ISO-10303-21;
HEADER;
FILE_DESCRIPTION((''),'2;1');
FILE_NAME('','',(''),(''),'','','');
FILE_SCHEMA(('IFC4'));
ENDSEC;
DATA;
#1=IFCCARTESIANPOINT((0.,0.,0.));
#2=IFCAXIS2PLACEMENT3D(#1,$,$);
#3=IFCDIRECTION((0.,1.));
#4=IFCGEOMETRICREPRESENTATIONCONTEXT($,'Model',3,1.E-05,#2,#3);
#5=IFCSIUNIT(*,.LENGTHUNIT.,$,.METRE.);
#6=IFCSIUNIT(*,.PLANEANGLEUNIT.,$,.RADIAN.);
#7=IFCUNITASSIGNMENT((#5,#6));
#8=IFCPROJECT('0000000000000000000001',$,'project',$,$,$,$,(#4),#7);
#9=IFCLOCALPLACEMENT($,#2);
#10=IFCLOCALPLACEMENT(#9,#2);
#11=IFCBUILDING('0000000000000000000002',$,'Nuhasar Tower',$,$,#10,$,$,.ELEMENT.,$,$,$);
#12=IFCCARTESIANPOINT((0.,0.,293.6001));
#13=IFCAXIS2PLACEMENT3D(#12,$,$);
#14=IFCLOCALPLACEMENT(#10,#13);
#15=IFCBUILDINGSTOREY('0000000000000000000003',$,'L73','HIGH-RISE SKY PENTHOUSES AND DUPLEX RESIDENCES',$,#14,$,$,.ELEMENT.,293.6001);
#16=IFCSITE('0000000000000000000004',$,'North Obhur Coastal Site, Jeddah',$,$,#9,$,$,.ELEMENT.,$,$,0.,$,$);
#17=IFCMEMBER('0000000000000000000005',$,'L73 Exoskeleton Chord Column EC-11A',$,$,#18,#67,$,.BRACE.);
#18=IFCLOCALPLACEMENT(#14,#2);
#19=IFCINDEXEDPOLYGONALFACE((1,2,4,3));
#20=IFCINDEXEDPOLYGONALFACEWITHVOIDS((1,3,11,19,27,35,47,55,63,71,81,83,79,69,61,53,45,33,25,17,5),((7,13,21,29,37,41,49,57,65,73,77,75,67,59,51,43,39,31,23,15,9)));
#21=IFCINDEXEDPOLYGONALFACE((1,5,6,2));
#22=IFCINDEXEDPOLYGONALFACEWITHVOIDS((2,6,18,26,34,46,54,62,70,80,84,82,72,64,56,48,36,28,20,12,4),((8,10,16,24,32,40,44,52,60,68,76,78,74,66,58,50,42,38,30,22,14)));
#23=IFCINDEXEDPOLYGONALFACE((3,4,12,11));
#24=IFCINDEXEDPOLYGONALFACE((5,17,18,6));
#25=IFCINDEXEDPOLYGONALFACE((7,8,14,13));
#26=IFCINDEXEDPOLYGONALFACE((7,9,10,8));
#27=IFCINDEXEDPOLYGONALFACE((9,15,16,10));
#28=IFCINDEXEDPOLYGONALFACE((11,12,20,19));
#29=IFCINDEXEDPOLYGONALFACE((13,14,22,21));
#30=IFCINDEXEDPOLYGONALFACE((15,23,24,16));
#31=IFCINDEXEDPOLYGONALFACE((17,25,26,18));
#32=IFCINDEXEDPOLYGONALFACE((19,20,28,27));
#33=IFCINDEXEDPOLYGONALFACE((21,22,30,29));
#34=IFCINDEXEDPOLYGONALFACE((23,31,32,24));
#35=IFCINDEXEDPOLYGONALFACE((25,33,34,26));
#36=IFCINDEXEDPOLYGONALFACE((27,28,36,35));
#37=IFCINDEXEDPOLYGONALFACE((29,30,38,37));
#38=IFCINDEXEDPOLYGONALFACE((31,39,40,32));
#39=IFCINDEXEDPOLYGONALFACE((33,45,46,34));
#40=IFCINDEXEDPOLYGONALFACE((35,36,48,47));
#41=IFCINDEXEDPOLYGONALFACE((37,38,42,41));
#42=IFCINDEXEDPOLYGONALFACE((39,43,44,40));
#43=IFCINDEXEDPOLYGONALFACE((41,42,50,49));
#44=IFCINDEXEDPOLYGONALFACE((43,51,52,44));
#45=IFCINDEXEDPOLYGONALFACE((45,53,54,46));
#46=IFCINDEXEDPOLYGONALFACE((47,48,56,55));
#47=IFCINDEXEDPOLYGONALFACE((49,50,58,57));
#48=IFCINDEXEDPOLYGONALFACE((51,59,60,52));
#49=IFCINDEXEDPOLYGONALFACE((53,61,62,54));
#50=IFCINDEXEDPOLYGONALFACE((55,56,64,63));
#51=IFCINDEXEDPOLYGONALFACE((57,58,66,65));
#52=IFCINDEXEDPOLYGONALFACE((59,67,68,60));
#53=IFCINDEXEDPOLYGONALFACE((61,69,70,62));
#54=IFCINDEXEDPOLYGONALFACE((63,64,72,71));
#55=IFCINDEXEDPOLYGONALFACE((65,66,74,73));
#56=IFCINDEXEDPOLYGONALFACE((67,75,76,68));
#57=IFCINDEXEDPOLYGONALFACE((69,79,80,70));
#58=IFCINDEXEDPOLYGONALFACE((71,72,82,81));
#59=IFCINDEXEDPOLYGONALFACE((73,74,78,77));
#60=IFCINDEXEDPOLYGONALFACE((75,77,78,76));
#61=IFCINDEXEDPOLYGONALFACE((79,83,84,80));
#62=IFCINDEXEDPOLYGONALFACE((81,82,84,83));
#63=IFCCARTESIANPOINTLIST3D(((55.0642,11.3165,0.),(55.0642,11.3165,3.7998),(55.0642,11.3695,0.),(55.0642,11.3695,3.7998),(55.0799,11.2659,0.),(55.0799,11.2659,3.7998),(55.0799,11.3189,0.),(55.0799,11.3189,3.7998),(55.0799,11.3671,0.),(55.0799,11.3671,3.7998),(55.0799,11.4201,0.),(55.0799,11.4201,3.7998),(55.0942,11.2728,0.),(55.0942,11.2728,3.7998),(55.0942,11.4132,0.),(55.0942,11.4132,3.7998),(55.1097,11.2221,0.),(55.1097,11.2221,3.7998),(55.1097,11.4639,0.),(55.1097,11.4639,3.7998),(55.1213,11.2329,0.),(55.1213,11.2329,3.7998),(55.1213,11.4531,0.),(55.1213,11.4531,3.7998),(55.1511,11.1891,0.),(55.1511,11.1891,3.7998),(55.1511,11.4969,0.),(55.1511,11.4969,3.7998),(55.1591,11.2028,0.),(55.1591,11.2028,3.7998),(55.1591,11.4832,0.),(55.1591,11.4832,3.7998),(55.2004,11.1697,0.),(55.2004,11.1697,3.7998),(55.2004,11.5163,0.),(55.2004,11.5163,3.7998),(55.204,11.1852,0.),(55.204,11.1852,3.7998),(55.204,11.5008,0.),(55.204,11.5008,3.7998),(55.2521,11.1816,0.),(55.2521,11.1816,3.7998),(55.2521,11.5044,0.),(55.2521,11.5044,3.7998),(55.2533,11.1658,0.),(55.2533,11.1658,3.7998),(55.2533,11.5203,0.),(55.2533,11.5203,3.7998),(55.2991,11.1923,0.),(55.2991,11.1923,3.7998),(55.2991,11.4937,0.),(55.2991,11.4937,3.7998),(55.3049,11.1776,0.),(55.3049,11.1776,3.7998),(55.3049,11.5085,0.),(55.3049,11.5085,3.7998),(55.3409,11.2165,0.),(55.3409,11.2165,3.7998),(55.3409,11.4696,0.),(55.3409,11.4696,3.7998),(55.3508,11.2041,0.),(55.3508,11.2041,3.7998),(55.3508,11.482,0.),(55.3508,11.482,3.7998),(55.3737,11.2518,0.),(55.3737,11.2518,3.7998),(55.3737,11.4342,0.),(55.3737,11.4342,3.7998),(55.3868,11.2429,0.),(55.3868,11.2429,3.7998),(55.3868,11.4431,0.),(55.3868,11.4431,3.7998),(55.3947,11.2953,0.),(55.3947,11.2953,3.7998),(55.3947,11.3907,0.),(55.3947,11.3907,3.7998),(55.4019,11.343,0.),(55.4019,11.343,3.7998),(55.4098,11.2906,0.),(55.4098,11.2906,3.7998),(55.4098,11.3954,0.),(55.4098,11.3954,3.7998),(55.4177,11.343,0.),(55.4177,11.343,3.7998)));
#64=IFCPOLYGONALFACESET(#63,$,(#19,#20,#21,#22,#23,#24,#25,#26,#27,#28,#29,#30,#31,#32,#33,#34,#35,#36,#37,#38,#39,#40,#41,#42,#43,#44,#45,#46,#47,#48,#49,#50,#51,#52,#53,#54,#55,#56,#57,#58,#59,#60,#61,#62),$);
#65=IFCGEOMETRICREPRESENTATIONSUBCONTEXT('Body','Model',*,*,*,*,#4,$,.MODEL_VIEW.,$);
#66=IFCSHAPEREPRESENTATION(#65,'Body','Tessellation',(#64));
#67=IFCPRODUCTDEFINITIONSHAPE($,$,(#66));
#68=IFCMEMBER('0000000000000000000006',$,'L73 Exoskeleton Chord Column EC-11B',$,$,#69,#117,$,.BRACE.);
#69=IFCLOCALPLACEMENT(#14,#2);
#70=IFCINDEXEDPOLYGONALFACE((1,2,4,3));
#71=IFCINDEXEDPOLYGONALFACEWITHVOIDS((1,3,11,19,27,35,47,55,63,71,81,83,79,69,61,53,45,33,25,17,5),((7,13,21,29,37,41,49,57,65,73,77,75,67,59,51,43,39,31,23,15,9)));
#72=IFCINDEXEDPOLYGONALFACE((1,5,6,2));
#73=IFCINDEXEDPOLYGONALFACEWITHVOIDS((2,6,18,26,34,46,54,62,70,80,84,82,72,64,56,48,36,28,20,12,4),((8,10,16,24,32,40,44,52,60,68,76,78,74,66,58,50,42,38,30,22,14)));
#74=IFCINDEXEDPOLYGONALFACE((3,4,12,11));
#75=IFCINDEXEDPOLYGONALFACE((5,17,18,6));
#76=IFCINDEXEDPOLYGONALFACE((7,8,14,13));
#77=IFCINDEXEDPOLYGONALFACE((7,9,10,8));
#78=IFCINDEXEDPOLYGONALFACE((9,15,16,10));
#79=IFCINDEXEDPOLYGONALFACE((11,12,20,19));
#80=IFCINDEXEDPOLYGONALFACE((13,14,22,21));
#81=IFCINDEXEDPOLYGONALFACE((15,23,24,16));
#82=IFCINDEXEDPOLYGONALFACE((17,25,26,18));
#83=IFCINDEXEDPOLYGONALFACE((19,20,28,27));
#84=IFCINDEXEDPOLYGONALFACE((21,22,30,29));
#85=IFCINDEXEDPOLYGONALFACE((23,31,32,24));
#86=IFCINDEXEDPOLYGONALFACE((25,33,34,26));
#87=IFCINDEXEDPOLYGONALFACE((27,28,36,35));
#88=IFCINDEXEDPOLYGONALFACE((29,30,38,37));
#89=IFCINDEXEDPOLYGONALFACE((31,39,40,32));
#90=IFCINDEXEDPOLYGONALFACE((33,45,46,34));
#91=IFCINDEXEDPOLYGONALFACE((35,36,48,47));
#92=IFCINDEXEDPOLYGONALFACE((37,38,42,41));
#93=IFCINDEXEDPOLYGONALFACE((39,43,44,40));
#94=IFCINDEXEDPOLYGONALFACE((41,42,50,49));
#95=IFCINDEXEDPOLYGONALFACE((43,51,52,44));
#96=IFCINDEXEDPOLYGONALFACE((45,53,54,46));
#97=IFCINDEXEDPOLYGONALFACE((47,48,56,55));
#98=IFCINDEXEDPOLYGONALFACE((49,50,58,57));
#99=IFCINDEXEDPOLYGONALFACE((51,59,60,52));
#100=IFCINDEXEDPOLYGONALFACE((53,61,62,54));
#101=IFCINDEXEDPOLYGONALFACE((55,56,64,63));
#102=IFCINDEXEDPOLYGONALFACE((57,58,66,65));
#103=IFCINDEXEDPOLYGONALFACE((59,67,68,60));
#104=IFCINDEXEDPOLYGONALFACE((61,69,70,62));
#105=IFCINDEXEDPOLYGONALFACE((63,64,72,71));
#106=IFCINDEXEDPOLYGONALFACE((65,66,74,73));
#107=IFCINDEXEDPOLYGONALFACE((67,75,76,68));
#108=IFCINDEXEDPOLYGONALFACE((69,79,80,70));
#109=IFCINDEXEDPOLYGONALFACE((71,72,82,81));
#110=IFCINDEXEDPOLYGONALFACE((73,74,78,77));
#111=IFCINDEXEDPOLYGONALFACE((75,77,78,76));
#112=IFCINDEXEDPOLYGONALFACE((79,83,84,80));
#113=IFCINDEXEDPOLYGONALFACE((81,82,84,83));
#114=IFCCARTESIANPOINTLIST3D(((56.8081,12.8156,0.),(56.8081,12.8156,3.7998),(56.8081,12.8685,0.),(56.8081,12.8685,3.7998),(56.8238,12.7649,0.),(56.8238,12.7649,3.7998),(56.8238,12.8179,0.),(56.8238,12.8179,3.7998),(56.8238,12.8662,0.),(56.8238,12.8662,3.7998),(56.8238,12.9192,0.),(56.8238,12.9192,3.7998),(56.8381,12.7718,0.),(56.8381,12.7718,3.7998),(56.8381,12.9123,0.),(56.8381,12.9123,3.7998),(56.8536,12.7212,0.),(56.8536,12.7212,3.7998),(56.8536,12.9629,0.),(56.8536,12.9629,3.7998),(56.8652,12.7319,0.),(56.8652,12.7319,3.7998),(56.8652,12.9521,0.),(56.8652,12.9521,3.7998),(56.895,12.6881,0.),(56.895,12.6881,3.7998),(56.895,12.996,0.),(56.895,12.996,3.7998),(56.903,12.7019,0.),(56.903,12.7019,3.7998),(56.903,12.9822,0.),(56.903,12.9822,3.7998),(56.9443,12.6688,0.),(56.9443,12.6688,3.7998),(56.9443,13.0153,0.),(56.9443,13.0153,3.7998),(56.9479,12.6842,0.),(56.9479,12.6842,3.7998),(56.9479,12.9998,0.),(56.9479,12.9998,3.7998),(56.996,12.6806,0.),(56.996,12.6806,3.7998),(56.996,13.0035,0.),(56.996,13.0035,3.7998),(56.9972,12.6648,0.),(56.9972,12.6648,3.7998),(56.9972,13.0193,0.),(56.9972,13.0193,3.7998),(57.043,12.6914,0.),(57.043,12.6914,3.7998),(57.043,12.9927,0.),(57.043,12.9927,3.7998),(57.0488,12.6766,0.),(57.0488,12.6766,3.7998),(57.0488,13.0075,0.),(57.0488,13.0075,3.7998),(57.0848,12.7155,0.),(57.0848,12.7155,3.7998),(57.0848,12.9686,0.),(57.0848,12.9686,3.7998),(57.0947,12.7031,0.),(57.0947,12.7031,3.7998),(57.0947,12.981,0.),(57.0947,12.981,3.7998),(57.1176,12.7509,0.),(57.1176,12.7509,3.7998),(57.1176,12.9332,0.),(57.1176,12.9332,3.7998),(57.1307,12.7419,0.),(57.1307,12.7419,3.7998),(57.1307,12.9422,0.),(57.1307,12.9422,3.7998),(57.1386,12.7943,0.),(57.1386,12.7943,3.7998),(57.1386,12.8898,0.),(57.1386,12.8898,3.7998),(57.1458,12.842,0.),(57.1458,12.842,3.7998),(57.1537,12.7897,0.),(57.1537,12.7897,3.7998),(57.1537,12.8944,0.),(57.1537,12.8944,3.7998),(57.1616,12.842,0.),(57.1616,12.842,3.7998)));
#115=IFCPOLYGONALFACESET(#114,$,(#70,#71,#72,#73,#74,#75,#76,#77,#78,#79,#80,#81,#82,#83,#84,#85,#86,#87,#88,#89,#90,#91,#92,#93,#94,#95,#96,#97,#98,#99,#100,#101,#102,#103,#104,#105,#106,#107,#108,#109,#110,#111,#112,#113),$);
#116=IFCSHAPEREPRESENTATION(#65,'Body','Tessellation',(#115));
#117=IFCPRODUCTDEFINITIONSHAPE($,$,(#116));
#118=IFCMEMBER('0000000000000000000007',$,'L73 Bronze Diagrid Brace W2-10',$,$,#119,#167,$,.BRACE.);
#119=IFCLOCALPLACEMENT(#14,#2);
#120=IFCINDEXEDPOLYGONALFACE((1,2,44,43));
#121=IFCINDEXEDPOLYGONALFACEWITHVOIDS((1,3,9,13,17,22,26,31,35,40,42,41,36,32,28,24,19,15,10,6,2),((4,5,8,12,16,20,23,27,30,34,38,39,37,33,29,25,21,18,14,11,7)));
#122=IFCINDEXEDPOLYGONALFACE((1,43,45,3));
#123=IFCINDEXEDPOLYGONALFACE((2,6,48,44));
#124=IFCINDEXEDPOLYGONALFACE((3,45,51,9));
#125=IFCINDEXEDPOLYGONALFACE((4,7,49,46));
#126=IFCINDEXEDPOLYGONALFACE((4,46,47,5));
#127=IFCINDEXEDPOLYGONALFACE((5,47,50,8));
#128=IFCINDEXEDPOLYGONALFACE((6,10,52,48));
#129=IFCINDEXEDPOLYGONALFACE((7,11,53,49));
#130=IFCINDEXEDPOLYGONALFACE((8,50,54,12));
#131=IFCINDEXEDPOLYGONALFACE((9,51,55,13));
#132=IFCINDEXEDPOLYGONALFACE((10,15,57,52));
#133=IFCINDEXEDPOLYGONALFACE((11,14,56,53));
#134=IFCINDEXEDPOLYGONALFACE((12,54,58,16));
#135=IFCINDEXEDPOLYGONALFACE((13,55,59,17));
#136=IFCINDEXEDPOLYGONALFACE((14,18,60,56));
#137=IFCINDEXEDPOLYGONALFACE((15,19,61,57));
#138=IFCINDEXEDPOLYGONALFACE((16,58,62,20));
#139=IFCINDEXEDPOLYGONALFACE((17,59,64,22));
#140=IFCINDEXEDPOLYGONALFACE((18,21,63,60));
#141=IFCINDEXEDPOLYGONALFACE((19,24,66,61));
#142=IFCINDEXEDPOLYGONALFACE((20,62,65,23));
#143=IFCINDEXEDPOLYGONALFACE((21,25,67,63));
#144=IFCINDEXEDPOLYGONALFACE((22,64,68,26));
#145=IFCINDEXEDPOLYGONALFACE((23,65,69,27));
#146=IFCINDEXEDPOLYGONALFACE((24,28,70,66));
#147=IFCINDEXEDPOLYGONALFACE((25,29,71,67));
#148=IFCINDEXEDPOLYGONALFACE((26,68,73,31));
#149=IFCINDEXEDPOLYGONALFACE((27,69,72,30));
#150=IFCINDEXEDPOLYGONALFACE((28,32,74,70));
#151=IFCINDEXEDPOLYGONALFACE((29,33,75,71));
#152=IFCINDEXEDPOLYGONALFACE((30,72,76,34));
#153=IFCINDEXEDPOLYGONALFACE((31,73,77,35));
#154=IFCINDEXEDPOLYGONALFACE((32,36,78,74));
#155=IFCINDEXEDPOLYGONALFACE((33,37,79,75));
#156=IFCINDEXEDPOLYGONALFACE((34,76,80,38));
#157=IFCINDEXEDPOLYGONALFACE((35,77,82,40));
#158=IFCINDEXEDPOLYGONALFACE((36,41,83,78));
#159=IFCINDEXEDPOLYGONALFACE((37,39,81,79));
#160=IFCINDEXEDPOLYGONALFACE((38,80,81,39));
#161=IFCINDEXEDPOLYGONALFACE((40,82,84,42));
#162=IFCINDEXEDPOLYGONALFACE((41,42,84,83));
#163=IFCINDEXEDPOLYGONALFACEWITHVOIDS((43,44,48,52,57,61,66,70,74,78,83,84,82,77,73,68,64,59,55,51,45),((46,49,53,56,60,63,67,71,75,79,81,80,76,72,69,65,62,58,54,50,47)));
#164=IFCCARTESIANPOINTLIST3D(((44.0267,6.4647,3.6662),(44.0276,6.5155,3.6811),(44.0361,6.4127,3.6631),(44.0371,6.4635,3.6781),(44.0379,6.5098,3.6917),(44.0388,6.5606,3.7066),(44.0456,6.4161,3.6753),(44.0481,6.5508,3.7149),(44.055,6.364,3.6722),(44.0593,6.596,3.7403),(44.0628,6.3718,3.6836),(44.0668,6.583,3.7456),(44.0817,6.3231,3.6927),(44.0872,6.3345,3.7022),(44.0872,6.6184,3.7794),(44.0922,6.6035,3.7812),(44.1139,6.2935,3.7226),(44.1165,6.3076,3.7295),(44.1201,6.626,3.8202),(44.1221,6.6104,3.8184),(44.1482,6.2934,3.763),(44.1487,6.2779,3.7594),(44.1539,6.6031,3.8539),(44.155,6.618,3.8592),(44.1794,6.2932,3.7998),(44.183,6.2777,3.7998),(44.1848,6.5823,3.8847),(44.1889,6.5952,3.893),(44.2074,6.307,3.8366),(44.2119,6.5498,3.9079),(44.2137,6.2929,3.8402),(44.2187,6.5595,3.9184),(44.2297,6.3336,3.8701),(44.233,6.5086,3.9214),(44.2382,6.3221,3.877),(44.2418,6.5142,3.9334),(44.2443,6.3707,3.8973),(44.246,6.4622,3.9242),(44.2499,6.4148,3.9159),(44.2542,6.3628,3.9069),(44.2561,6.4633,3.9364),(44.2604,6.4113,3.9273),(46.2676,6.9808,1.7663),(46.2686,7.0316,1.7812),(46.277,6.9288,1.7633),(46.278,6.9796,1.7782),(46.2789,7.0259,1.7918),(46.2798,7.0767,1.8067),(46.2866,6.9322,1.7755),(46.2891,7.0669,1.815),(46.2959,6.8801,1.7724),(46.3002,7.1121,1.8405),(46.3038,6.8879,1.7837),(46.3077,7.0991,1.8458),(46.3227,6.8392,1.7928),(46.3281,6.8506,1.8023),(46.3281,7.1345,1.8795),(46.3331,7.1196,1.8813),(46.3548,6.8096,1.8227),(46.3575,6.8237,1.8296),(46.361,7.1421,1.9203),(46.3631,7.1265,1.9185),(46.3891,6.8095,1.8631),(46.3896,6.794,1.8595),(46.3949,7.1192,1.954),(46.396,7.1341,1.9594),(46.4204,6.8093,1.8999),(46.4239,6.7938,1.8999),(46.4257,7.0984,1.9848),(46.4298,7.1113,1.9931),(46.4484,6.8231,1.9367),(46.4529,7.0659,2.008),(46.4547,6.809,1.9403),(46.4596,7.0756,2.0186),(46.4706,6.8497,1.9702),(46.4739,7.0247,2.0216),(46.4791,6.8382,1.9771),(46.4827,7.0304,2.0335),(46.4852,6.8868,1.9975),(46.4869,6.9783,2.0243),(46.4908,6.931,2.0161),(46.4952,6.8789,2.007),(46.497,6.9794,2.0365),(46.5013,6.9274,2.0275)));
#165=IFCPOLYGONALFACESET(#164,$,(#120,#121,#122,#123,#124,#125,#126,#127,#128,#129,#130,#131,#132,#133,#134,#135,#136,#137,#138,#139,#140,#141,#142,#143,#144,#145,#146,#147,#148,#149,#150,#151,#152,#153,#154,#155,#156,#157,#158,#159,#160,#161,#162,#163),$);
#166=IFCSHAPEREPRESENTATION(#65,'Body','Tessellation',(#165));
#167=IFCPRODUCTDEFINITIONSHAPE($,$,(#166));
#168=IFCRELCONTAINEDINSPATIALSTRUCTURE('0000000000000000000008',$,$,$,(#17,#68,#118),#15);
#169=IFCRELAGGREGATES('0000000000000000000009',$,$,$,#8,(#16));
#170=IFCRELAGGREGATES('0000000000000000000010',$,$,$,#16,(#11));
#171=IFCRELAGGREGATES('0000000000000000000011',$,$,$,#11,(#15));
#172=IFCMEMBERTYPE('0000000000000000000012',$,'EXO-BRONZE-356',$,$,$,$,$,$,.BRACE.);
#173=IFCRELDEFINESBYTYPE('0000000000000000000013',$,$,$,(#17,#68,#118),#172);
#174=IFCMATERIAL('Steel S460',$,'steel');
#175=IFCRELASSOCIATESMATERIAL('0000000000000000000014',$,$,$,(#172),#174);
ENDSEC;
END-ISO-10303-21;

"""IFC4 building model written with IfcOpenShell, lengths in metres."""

from ifc_helpers import new_model, si_unit, direction, frame, origin, origin_2d, place, context, subcontext, project, spatial, hollow_circle, extrude, material, material_profile, profile_set, type_object, element, save


model = new_model("IFC4")

# Units and contexts
model_context = context("Model", 3, precision=1e-05, world=origin(), true_north=direction((0.0, 1.0)))
body_context = subcontext(model_context, "Body", "Model", "MODEL_VIEW")
ifc_project = project(units=[si_unit("LENGTHUNIT", "METRE"), si_unit("PLANEANGLEUNIT", "RADIAN")], contexts=[model_context])

# Site, building, storey
site_placement = place(None, origin())
site = spatial("IfcSite", under=ifc_project, at=site_placement, Name="North Obhur Coastal Site, Jeddah", CompositionType="ELEMENT", RefElevation=0.0)
building_placement = place(site_placement, origin())
building = spatial("IfcBuilding", under=site, at=building_placement, Name="Nuhasar Tower", CompositionType="ELEMENT")
storey_placement = place(building_placement, frame((0.0, 0.0, 293.6001)))
storey = spatial("IfcBuildingStorey", under=building, at=storey_placement, Name="L73", Description="HIGH-RISE SKY PENTHOUSES AND DUPLEX RESIDENCES", CompositionType="ELEMENT", Elevation=293.6001)

# Members
ifc_material_1 = material(Name="Steel S460", Category="steel")
ifc_material_profile_1 = material_profile(ifc_material_1, hollow_circle(Radius=0.1777, WallThickness=0.0159, at=origin_2d()), Name="HSS355.6X15.9")
ifc_profile_set_1 = profile_set([ifc_material_profile_1], Name="Steel S460")
member_type_1 = type_object("IfcMemberType", Name="EXO-BRONZE-356", PredefinedType="BRACE", material=ifc_profile_set_1)
for number, where, z_axis, x_axis, name in (
    (1, (55.24, 11.343, 0.0), (0.0, 0.0, 1.0), (1.0, 0.0, 0.0), "L73 Exoskeleton Chord Column EC-11A"),
    (2, (56.9839, 12.842, 0.0), (0.0, 0.0, 1.0), (1.0, 0.0, 0.0), "L73 Exoskeleton Chord Column EC-11B"),
):
    element("IfcMember", number, at=place(storey_placement, frame(where, z_axis=z_axis, x_axis=x_axis)), inside=storey, type_object=member_type_1, Name=name, PredefinedType="BRACE", context=body_context, shape_type="SweptSolid", body=[
        extrude(hollow_circle(Radius=0.1777, WallThickness=0.0159, at=origin_2d()), origin(), (0.0, 0.0, 1.0), 3.7998),
    ])
for number, where, z_axis, x_axis, name in (
    (3, (46.384, 6.967, 1.8999), (-0.751261, -0.173022, 0.636923), (0.224433, -0.97449, 0.0), "L73 Bronze Diagrid Brace W2-10"),
):
    element("IfcMember", number, at=place(storey_placement, frame(where, z_axis=z_axis, x_axis=x_axis)), inside=storey, type_object=member_type_1, Name=name, PredefinedType="BRACE", context=body_context, shape_type="SweptSolid", body=[
        extrude(hollow_circle(Radius=0.1777, WallThickness=0.0159, at=origin_2d()), origin(), (0.0, 0.0, 1.0), 2.9829),
    ])

save(model, "model.ifc")
